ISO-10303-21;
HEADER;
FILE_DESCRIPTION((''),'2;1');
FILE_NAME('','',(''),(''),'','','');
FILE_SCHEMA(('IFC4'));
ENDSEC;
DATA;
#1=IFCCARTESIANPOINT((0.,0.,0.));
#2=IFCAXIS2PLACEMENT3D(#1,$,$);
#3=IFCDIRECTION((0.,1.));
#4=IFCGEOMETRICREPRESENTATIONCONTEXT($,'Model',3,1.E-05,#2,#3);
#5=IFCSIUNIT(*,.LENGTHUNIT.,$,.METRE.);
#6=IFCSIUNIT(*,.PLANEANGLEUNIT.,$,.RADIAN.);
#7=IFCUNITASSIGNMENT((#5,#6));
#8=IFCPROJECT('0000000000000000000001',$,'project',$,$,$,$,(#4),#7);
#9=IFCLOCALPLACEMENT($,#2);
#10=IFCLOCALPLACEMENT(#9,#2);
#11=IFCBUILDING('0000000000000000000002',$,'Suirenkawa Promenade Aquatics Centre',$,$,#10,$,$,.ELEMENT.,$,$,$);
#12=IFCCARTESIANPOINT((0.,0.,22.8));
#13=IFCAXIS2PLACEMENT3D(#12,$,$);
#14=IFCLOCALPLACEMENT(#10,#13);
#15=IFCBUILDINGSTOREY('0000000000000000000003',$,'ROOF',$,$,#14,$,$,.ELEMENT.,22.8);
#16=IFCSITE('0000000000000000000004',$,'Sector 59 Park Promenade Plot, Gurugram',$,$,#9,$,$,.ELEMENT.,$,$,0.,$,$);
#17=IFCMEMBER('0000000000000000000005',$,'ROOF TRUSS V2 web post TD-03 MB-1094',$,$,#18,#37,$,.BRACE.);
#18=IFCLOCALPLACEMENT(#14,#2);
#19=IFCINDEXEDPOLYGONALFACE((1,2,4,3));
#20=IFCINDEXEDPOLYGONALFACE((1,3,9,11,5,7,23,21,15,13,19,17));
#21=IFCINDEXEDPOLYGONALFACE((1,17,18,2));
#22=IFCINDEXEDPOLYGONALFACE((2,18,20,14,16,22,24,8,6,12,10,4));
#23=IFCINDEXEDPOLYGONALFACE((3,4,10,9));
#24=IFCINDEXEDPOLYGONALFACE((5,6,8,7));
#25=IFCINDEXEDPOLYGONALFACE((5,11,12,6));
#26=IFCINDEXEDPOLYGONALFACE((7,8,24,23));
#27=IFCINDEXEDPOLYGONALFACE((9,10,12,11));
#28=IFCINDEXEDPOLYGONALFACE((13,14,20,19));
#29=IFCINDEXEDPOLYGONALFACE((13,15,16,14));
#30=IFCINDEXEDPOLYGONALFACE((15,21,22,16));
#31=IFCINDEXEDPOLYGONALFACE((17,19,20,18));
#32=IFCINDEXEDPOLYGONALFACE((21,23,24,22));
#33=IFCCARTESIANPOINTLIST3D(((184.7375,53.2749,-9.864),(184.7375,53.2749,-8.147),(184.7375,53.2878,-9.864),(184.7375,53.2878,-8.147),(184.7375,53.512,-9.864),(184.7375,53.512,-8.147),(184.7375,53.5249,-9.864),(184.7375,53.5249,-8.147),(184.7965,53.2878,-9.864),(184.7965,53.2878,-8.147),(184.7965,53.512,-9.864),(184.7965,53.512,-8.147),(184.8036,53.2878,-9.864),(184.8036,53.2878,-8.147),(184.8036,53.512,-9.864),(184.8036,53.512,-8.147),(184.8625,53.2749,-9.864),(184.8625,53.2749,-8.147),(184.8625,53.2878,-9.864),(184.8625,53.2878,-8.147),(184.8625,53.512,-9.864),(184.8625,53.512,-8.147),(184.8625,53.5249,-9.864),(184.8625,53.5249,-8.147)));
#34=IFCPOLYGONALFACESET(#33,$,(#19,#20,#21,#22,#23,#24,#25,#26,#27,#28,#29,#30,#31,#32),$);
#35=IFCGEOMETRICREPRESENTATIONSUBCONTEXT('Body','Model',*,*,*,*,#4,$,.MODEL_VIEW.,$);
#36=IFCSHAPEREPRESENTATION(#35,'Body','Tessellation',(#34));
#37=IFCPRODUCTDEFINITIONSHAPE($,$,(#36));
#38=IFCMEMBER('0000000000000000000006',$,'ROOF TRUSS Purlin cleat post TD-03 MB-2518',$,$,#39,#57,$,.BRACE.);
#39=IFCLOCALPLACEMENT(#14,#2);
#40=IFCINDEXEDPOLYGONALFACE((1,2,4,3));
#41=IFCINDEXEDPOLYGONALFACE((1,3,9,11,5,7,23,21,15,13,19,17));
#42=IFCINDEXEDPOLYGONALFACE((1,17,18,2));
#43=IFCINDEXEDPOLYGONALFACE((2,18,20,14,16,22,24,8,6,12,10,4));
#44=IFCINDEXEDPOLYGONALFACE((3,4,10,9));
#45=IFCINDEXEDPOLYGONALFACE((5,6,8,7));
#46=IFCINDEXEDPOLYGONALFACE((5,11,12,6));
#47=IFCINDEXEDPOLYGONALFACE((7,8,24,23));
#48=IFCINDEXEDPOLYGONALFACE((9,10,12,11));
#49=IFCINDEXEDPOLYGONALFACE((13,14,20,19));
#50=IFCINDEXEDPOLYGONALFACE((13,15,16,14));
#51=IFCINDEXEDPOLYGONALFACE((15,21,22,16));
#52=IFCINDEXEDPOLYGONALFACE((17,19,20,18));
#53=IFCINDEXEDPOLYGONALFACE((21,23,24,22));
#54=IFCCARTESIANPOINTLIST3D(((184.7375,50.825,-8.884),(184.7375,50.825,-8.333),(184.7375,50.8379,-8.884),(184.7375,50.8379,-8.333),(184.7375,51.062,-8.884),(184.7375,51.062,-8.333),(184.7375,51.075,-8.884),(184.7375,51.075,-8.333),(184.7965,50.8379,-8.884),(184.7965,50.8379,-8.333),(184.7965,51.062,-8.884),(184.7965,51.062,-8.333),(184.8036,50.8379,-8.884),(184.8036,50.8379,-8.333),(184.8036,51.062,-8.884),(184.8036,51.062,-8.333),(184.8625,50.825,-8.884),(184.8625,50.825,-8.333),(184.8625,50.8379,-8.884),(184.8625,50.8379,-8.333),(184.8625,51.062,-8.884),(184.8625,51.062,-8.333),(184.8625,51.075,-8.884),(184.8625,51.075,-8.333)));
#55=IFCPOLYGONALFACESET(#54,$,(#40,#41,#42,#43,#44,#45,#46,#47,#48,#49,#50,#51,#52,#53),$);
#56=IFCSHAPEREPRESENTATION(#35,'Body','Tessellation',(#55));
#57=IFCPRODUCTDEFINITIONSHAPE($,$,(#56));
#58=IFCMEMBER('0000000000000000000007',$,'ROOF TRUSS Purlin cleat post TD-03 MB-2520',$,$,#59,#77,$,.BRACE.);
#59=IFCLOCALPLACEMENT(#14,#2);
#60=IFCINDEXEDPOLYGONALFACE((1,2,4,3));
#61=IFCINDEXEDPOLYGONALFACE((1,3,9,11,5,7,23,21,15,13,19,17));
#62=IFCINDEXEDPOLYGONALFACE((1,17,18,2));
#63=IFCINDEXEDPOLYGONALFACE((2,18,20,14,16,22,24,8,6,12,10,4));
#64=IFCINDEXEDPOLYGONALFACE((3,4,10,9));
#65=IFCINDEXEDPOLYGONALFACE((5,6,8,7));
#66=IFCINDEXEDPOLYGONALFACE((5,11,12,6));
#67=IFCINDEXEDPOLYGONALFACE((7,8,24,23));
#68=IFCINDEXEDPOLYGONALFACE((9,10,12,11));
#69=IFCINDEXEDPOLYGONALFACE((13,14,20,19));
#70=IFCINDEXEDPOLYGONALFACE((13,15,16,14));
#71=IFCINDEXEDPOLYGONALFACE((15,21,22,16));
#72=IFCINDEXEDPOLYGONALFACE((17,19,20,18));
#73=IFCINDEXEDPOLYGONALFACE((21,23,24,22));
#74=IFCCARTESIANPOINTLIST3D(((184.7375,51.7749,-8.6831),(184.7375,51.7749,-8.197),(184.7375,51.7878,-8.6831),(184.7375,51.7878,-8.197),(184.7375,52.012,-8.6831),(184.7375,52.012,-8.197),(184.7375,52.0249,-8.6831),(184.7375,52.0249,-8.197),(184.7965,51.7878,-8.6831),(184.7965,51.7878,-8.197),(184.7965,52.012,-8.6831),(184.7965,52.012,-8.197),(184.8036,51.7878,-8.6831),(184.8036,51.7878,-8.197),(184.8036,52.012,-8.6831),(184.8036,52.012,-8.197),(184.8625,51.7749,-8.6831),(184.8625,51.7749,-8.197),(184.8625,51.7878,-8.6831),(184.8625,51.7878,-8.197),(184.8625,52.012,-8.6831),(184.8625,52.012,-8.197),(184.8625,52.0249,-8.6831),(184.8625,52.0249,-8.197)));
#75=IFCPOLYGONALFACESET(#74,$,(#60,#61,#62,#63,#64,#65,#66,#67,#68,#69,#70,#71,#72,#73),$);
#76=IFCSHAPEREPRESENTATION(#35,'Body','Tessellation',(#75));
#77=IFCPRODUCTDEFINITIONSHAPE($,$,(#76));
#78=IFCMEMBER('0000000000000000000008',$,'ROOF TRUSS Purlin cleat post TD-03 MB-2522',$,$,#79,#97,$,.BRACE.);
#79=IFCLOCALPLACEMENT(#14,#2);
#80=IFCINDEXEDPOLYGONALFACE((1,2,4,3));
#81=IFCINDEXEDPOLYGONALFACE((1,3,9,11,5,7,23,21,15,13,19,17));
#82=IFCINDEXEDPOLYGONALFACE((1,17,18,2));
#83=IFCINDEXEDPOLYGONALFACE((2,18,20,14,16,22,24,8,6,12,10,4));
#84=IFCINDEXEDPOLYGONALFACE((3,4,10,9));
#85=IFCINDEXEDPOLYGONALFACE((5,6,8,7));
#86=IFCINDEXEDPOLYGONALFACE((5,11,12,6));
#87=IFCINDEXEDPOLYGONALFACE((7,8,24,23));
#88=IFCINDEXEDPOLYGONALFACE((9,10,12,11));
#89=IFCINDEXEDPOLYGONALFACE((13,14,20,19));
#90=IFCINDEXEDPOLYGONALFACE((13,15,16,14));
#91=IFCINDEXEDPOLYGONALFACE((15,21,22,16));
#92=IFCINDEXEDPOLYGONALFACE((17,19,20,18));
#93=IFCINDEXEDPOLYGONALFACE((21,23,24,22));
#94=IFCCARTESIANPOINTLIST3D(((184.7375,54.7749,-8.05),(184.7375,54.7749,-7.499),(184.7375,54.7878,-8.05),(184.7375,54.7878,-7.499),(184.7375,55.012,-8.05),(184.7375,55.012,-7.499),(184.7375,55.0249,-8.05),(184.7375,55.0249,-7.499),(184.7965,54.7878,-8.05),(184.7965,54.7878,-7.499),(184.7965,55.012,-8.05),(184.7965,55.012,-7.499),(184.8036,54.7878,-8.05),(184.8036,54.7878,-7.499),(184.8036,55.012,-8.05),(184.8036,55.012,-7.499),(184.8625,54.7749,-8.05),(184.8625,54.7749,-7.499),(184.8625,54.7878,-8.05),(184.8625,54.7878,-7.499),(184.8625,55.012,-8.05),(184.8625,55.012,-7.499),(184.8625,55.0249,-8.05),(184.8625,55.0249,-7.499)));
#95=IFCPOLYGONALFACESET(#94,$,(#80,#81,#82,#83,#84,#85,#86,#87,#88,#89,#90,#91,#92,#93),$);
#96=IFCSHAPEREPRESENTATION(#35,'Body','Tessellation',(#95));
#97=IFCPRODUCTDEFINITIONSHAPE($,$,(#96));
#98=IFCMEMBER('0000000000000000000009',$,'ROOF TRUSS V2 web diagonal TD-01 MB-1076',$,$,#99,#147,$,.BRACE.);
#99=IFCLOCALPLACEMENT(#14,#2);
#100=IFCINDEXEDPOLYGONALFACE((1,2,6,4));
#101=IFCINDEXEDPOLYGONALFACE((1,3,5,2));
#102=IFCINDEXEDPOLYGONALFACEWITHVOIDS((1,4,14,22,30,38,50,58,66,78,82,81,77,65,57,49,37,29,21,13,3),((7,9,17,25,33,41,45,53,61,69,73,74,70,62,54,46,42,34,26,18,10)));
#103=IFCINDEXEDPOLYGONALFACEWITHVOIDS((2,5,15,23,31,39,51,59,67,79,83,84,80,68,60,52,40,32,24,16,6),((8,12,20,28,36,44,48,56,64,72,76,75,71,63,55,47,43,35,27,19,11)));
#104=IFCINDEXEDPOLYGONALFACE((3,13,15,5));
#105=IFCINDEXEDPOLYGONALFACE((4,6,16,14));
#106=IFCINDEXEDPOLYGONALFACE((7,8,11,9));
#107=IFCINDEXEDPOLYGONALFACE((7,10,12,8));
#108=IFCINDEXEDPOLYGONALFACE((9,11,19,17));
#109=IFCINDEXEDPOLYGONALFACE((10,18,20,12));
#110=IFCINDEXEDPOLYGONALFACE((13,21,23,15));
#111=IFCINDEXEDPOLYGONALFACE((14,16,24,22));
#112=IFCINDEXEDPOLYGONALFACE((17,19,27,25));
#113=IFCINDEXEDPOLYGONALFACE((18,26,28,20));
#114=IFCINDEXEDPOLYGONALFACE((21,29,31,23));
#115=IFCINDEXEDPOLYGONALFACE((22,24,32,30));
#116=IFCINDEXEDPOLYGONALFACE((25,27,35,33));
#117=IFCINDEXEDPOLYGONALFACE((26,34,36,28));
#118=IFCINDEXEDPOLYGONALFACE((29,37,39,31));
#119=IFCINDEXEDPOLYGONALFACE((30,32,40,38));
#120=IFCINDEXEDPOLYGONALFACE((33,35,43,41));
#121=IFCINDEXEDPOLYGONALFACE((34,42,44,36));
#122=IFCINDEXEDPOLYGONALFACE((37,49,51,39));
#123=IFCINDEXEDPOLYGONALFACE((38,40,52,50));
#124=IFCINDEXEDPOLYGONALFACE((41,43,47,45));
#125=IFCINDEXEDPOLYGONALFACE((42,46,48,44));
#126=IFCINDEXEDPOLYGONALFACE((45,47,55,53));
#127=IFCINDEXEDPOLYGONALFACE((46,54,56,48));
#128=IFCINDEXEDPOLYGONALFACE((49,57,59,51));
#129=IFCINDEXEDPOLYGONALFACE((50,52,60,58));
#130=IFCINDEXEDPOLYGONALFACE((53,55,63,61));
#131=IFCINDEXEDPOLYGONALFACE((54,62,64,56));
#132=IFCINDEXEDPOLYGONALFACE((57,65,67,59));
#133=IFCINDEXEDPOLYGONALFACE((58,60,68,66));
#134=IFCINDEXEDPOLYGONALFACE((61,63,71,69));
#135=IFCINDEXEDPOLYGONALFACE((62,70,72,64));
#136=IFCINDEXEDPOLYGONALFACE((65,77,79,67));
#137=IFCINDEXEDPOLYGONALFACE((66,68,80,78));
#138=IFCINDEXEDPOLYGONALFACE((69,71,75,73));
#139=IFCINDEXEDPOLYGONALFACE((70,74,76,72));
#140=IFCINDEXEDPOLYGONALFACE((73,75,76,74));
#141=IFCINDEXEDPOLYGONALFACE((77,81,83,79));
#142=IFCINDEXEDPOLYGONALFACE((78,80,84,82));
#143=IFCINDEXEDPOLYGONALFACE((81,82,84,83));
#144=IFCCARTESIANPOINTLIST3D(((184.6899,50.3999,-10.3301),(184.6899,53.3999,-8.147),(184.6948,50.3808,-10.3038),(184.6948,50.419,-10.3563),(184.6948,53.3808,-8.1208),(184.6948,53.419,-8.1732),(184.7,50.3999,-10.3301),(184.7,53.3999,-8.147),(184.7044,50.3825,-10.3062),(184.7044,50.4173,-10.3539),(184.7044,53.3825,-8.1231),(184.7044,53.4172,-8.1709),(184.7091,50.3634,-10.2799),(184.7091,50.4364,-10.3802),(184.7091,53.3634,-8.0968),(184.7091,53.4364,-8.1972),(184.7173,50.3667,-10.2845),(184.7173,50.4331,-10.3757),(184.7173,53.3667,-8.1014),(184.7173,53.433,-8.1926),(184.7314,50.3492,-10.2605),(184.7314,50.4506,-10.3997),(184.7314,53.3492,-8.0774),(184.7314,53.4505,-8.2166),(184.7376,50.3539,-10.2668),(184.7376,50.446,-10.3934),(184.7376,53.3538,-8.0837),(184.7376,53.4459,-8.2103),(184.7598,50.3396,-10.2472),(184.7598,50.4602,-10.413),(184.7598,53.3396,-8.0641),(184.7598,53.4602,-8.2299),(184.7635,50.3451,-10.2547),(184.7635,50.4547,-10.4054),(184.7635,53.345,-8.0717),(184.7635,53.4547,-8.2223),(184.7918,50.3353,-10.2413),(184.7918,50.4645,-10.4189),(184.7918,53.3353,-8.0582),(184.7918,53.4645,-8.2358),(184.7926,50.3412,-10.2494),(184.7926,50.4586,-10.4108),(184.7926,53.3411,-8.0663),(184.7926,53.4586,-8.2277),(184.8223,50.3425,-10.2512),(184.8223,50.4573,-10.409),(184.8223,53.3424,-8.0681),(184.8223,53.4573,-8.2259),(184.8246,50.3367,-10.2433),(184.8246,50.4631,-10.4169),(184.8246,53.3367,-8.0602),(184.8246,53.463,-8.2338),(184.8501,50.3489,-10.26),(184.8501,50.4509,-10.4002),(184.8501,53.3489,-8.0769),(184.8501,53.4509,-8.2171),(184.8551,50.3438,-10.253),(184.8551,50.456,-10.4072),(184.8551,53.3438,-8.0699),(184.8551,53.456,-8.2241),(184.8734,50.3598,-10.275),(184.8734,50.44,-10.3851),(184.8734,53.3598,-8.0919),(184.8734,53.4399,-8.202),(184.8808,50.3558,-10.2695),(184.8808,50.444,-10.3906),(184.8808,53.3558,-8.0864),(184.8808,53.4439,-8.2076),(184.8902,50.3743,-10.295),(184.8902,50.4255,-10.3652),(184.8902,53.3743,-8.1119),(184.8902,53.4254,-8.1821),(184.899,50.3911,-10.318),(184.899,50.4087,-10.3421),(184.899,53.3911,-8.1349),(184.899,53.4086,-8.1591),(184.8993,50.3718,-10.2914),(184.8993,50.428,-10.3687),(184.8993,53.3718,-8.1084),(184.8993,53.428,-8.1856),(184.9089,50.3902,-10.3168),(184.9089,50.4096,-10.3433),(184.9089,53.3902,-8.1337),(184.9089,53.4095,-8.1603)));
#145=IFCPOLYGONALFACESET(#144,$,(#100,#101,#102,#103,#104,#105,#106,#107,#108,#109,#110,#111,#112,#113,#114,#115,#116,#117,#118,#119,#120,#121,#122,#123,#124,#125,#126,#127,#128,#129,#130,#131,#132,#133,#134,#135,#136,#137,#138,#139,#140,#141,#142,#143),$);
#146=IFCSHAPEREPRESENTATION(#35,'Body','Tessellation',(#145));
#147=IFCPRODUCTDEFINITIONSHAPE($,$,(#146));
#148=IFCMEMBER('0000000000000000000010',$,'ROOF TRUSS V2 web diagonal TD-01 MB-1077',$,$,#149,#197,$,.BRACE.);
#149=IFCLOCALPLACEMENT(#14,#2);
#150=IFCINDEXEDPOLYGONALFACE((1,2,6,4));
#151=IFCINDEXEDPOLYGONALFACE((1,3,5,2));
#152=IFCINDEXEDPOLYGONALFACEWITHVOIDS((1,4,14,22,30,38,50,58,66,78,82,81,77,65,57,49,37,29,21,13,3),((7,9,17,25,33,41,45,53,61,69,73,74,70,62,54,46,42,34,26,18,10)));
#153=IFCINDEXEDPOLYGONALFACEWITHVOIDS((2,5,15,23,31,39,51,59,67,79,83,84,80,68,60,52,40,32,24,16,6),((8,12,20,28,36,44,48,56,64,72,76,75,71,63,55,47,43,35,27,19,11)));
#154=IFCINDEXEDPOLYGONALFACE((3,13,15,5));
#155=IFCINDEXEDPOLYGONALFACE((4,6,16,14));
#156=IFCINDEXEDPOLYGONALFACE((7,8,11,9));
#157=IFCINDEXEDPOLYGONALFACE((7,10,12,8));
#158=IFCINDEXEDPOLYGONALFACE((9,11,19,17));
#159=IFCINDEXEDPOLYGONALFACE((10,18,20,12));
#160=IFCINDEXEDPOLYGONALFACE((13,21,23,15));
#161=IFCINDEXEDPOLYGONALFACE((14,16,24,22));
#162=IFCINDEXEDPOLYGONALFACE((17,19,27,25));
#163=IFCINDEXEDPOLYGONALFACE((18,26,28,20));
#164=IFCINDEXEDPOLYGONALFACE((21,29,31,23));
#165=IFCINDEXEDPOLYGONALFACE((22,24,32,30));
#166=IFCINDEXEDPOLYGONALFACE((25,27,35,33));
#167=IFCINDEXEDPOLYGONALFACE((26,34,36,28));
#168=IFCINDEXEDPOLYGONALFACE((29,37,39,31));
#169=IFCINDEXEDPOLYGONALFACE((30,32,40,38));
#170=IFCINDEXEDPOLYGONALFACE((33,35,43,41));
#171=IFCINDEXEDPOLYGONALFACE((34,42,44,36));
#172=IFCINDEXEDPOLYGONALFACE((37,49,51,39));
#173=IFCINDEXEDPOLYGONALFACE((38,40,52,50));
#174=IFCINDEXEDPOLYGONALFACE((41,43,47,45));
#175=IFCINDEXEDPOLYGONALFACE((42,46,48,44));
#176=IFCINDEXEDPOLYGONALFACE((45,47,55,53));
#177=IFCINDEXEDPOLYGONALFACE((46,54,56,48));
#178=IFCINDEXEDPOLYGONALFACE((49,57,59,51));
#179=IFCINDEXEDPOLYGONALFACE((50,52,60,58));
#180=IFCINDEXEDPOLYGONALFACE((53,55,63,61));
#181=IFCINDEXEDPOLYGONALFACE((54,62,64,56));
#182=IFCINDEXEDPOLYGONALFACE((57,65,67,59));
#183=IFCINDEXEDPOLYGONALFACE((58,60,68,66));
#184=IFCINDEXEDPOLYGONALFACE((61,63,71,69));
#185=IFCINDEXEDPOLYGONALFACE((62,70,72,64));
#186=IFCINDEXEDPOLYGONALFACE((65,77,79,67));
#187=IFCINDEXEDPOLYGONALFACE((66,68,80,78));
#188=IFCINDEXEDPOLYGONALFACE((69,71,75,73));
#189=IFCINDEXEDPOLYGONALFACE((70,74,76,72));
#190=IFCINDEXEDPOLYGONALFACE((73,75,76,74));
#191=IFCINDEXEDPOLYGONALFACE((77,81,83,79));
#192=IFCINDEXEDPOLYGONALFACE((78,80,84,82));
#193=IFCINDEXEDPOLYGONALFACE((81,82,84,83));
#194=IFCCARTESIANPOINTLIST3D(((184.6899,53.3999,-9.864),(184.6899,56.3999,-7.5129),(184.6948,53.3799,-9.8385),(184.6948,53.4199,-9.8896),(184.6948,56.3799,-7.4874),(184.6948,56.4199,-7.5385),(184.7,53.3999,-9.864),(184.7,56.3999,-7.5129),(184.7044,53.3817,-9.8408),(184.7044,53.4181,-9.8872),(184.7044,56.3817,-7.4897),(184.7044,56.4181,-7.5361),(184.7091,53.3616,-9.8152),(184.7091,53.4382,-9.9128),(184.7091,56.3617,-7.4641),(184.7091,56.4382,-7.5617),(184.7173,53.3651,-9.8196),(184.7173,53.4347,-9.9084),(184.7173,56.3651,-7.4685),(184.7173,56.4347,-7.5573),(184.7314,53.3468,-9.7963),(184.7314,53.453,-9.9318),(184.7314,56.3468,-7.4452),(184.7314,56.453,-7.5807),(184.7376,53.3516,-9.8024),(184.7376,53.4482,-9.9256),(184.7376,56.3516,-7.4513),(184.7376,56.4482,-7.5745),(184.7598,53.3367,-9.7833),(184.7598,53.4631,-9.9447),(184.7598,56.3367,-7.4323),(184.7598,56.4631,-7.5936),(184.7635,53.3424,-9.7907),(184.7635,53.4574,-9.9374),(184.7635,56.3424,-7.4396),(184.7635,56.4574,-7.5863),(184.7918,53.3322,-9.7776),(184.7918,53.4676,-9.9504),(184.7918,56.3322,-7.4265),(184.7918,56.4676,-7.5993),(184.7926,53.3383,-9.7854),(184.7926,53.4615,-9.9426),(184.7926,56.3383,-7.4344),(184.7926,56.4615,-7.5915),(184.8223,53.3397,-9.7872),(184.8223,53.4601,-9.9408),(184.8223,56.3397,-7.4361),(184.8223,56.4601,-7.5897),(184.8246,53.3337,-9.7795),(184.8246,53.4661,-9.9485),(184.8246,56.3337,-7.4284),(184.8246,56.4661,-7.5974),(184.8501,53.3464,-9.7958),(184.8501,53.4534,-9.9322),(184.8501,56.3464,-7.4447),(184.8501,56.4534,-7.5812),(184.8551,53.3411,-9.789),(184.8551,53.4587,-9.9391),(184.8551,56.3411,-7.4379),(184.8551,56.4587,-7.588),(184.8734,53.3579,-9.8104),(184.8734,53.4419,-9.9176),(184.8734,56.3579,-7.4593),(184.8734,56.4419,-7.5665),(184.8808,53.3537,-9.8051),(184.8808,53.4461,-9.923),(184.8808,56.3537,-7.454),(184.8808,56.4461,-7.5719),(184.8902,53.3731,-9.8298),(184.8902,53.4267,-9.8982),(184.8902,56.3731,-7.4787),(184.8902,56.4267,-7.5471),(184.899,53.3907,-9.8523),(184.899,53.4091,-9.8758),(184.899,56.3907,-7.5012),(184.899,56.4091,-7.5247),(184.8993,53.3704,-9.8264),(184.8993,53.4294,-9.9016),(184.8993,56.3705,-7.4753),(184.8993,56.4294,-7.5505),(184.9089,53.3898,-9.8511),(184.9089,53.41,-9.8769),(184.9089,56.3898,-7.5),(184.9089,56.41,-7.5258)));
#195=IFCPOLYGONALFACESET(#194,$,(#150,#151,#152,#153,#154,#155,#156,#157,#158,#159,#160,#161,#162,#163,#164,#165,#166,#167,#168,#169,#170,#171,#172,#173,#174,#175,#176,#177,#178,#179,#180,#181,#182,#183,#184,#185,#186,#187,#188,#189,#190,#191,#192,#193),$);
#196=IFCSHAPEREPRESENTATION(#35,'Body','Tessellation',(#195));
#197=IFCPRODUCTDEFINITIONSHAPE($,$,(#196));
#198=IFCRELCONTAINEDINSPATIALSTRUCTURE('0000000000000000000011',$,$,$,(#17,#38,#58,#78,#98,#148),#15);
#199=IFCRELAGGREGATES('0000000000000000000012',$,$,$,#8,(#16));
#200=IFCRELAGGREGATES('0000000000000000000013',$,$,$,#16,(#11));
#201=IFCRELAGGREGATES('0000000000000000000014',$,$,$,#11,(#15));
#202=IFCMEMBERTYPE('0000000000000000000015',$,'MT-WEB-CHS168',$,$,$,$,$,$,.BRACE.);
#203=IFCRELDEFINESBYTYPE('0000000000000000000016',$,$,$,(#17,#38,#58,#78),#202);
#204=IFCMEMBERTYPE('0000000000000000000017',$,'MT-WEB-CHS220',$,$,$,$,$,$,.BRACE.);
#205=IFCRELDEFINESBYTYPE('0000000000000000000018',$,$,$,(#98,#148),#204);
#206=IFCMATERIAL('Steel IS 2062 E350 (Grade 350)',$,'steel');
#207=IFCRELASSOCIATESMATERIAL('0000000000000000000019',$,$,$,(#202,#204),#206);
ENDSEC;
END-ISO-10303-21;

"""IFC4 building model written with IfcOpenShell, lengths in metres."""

from ifc_helpers import new_model, si_unit, direction, frame, origin, origin_2d, place, context, subcontext, project, spatial, hollow_circle, i_section, extrude, material, material_profile, profile_set, type_object, element, save


model = new_model("IFC4")

# Units and contexts
model_context = context("Model", 3, precision=1e-05, world=origin(), true_north=direction((0.0, 1.0)))
body_context = subcontext(model_context, "Body", "Model", "MODEL_VIEW")
ifc_project = project(units=[si_unit("LENGTHUNIT", "METRE"), si_unit("PLANEANGLEUNIT", "RADIAN")], contexts=[model_context])

# Site, building, storey
site_placement = place(None, origin())
site = spatial("IfcSite", under=ifc_project, at=site_placement, Name="Sector 59 Park Promenade Plot, Gurugram", CompositionType="ELEMENT", RefElevation=0.0)
building_placement = place(site_placement, origin())
building = spatial("IfcBuilding", under=site, at=building_placement, Name="Suirenkawa Promenade Aquatics Centre", CompositionType="ELEMENT")
storey_placement = place(building_placement, frame((0.0, 0.0, 22.8)))
storey = spatial("IfcBuildingStorey", under=building, at=storey_placement, Name="ROOF", CompositionType="ELEMENT", Elevation=22.8)

# Shared definitions
ifc_material_1 = material(Name="Steel IS 2062 E350 (Grade 350)", Category="steel")

# Members
ifc_material_profile_1 = material_profile(ifc_material_1, i_section(OverallWidth=0.125, OverallDepth=0.25, WebThickness=0.0071, FlangeThickness=0.0129, at=origin_2d()), Name="ISMB 250", Category="steel")
ifc_profile_set_1 = profile_set([ifc_material_profile_1], Name="Steel IS 2062 E350 (Grade 350)")
member_type_1 = type_object("IfcMemberType", Name="MT-WEB-CHS168", PredefinedType="BRACE", material=ifc_profile_set_1)
member_1_placement = place(storey_placement, frame((184.8, 53.3999, -9.864), z_axis=(0.0, 0.0, 1.0), x_axis=(1.0, 0.0, 0.0)))
element("IfcMember", 1, at=member_1_placement, inside=storey, type_object=member_type_1, Name="ROOF TRUSS V2 web post TD-03 MB-1094", PredefinedType="BRACE", context=body_context, shape_type="SweptSolid", body=[
    extrude(i_section(OverallWidth=0.125, OverallDepth=0.25, WebThickness=0.0071, FlangeThickness=0.0129, at=origin_2d()), origin(), (0.0, 0.0, 1.0), 1.717),
])
member_2_placement = place(storey_placement, frame((184.8, 50.95, -8.884), z_axis=(0.0, 0.0, 1.0), x_axis=(1.0, 0.0, 0.0)))
element("IfcMember", 2, at=member_2_placement, inside=storey, type_object=member_type_1, Name="ROOF TRUSS Purlin cleat post TD-03 MB-2518", PredefinedType="BRACE", context=body_context, shape_type="SweptSolid", body=[
    extrude(i_section(OverallWidth=0.125, OverallDepth=0.25, WebThickness=0.0071, FlangeThickness=0.0129, at=origin_2d()), origin(), (0.0, 0.0, 1.0), 0.551),
])
member_3_placement = place(storey_placement, frame((184.8, 51.8999, -8.6831), z_axis=(0.0, 0.0, 1.0), x_axis=(1.0, 0.0, 0.0)))
element("IfcMember", 3, at=member_3_placement, inside=storey, type_object=member_type_1, Name="ROOF TRUSS Purlin cleat post TD-03 MB-2520", PredefinedType="BRACE", context=body_context, shape_type="SweptSolid", body=[
    extrude(i_section(OverallWidth=0.125, OverallDepth=0.25, WebThickness=0.0071, FlangeThickness=0.0129, at=origin_2d()), origin(), (0.0, 0.0, 1.0), 0.4861),
])
member_4_placement = place(storey_placement, frame((184.8, 54.8999, -8.05), z_axis=(0.0, 0.0, 1.0), x_axis=(1.0, 0.0, 0.0)))
element("IfcMember", 4, at=member_4_placement, inside=storey, type_object=member_type_1, Name="ROOF TRUSS Purlin cleat post TD-03 MB-2522", PredefinedType="BRACE", context=body_context, shape_type="SweptSolid", body=[
    extrude(i_section(OverallWidth=0.125, OverallDepth=0.25, WebThickness=0.0071, FlangeThickness=0.0129, at=origin_2d()), origin(), (0.0, 0.0, 1.0), 0.551),
])
ifc_material_profile_2 = material_profile(ifc_material_1, hollow_circle(Radius=0.1101, WallThickness=0.01, at=origin_2d()), Name="CHS 220x10", Category="steel")
ifc_profile_set_2 = profile_set([ifc_material_profile_2], Name="Steel IS 2062 E350 (Grade 350)")
member_type_2 = type_object("IfcMemberType", Name="MT-WEB-CHS220", PredefinedType="BRACE", material=ifc_profile_set_2)
member_5_placement = place(storey_placement, frame((184.8, 50.3999, -10.3301), z_axis=(0.0, 0.808571, 0.588399), x_axis=(-1.0, 0.0, 0.0)))
element("IfcMember", 5, at=member_5_placement, inside=storey, type_object=member_type_2, Name="ROOF TRUSS V2 web diagonal TD-01 MB-1076", PredefinedType="BRACE", context=body_context, shape_type="SweptSolid", body=[
    extrude(hollow_circle(Radius=0.1101, WallThickness=0.01, at=origin_2d()), origin(), (0.0, 0.0, 1.0), 3.7102),
])
member_6_placement = place(storey_placement, frame((184.8, 53.3999, -9.864), z_axis=(0.0, 0.787091, 0.616837), x_axis=(-1.0, 0.0, 0.0)))
element("IfcMember", 6, at=member_6_placement, inside=storey, type_object=member_type_2, Name="ROOF TRUSS V2 web diagonal TD-01 MB-1077", PredefinedType="BRACE", context=body_context, shape_type="SweptSolid", body=[
    extrude(hollow_circle(Radius=0.1101, WallThickness=0.01, at=origin_2d()), origin(), (0.0, 0.0, 1.0), 3.8115),
])

save(model, "model.ifc")
